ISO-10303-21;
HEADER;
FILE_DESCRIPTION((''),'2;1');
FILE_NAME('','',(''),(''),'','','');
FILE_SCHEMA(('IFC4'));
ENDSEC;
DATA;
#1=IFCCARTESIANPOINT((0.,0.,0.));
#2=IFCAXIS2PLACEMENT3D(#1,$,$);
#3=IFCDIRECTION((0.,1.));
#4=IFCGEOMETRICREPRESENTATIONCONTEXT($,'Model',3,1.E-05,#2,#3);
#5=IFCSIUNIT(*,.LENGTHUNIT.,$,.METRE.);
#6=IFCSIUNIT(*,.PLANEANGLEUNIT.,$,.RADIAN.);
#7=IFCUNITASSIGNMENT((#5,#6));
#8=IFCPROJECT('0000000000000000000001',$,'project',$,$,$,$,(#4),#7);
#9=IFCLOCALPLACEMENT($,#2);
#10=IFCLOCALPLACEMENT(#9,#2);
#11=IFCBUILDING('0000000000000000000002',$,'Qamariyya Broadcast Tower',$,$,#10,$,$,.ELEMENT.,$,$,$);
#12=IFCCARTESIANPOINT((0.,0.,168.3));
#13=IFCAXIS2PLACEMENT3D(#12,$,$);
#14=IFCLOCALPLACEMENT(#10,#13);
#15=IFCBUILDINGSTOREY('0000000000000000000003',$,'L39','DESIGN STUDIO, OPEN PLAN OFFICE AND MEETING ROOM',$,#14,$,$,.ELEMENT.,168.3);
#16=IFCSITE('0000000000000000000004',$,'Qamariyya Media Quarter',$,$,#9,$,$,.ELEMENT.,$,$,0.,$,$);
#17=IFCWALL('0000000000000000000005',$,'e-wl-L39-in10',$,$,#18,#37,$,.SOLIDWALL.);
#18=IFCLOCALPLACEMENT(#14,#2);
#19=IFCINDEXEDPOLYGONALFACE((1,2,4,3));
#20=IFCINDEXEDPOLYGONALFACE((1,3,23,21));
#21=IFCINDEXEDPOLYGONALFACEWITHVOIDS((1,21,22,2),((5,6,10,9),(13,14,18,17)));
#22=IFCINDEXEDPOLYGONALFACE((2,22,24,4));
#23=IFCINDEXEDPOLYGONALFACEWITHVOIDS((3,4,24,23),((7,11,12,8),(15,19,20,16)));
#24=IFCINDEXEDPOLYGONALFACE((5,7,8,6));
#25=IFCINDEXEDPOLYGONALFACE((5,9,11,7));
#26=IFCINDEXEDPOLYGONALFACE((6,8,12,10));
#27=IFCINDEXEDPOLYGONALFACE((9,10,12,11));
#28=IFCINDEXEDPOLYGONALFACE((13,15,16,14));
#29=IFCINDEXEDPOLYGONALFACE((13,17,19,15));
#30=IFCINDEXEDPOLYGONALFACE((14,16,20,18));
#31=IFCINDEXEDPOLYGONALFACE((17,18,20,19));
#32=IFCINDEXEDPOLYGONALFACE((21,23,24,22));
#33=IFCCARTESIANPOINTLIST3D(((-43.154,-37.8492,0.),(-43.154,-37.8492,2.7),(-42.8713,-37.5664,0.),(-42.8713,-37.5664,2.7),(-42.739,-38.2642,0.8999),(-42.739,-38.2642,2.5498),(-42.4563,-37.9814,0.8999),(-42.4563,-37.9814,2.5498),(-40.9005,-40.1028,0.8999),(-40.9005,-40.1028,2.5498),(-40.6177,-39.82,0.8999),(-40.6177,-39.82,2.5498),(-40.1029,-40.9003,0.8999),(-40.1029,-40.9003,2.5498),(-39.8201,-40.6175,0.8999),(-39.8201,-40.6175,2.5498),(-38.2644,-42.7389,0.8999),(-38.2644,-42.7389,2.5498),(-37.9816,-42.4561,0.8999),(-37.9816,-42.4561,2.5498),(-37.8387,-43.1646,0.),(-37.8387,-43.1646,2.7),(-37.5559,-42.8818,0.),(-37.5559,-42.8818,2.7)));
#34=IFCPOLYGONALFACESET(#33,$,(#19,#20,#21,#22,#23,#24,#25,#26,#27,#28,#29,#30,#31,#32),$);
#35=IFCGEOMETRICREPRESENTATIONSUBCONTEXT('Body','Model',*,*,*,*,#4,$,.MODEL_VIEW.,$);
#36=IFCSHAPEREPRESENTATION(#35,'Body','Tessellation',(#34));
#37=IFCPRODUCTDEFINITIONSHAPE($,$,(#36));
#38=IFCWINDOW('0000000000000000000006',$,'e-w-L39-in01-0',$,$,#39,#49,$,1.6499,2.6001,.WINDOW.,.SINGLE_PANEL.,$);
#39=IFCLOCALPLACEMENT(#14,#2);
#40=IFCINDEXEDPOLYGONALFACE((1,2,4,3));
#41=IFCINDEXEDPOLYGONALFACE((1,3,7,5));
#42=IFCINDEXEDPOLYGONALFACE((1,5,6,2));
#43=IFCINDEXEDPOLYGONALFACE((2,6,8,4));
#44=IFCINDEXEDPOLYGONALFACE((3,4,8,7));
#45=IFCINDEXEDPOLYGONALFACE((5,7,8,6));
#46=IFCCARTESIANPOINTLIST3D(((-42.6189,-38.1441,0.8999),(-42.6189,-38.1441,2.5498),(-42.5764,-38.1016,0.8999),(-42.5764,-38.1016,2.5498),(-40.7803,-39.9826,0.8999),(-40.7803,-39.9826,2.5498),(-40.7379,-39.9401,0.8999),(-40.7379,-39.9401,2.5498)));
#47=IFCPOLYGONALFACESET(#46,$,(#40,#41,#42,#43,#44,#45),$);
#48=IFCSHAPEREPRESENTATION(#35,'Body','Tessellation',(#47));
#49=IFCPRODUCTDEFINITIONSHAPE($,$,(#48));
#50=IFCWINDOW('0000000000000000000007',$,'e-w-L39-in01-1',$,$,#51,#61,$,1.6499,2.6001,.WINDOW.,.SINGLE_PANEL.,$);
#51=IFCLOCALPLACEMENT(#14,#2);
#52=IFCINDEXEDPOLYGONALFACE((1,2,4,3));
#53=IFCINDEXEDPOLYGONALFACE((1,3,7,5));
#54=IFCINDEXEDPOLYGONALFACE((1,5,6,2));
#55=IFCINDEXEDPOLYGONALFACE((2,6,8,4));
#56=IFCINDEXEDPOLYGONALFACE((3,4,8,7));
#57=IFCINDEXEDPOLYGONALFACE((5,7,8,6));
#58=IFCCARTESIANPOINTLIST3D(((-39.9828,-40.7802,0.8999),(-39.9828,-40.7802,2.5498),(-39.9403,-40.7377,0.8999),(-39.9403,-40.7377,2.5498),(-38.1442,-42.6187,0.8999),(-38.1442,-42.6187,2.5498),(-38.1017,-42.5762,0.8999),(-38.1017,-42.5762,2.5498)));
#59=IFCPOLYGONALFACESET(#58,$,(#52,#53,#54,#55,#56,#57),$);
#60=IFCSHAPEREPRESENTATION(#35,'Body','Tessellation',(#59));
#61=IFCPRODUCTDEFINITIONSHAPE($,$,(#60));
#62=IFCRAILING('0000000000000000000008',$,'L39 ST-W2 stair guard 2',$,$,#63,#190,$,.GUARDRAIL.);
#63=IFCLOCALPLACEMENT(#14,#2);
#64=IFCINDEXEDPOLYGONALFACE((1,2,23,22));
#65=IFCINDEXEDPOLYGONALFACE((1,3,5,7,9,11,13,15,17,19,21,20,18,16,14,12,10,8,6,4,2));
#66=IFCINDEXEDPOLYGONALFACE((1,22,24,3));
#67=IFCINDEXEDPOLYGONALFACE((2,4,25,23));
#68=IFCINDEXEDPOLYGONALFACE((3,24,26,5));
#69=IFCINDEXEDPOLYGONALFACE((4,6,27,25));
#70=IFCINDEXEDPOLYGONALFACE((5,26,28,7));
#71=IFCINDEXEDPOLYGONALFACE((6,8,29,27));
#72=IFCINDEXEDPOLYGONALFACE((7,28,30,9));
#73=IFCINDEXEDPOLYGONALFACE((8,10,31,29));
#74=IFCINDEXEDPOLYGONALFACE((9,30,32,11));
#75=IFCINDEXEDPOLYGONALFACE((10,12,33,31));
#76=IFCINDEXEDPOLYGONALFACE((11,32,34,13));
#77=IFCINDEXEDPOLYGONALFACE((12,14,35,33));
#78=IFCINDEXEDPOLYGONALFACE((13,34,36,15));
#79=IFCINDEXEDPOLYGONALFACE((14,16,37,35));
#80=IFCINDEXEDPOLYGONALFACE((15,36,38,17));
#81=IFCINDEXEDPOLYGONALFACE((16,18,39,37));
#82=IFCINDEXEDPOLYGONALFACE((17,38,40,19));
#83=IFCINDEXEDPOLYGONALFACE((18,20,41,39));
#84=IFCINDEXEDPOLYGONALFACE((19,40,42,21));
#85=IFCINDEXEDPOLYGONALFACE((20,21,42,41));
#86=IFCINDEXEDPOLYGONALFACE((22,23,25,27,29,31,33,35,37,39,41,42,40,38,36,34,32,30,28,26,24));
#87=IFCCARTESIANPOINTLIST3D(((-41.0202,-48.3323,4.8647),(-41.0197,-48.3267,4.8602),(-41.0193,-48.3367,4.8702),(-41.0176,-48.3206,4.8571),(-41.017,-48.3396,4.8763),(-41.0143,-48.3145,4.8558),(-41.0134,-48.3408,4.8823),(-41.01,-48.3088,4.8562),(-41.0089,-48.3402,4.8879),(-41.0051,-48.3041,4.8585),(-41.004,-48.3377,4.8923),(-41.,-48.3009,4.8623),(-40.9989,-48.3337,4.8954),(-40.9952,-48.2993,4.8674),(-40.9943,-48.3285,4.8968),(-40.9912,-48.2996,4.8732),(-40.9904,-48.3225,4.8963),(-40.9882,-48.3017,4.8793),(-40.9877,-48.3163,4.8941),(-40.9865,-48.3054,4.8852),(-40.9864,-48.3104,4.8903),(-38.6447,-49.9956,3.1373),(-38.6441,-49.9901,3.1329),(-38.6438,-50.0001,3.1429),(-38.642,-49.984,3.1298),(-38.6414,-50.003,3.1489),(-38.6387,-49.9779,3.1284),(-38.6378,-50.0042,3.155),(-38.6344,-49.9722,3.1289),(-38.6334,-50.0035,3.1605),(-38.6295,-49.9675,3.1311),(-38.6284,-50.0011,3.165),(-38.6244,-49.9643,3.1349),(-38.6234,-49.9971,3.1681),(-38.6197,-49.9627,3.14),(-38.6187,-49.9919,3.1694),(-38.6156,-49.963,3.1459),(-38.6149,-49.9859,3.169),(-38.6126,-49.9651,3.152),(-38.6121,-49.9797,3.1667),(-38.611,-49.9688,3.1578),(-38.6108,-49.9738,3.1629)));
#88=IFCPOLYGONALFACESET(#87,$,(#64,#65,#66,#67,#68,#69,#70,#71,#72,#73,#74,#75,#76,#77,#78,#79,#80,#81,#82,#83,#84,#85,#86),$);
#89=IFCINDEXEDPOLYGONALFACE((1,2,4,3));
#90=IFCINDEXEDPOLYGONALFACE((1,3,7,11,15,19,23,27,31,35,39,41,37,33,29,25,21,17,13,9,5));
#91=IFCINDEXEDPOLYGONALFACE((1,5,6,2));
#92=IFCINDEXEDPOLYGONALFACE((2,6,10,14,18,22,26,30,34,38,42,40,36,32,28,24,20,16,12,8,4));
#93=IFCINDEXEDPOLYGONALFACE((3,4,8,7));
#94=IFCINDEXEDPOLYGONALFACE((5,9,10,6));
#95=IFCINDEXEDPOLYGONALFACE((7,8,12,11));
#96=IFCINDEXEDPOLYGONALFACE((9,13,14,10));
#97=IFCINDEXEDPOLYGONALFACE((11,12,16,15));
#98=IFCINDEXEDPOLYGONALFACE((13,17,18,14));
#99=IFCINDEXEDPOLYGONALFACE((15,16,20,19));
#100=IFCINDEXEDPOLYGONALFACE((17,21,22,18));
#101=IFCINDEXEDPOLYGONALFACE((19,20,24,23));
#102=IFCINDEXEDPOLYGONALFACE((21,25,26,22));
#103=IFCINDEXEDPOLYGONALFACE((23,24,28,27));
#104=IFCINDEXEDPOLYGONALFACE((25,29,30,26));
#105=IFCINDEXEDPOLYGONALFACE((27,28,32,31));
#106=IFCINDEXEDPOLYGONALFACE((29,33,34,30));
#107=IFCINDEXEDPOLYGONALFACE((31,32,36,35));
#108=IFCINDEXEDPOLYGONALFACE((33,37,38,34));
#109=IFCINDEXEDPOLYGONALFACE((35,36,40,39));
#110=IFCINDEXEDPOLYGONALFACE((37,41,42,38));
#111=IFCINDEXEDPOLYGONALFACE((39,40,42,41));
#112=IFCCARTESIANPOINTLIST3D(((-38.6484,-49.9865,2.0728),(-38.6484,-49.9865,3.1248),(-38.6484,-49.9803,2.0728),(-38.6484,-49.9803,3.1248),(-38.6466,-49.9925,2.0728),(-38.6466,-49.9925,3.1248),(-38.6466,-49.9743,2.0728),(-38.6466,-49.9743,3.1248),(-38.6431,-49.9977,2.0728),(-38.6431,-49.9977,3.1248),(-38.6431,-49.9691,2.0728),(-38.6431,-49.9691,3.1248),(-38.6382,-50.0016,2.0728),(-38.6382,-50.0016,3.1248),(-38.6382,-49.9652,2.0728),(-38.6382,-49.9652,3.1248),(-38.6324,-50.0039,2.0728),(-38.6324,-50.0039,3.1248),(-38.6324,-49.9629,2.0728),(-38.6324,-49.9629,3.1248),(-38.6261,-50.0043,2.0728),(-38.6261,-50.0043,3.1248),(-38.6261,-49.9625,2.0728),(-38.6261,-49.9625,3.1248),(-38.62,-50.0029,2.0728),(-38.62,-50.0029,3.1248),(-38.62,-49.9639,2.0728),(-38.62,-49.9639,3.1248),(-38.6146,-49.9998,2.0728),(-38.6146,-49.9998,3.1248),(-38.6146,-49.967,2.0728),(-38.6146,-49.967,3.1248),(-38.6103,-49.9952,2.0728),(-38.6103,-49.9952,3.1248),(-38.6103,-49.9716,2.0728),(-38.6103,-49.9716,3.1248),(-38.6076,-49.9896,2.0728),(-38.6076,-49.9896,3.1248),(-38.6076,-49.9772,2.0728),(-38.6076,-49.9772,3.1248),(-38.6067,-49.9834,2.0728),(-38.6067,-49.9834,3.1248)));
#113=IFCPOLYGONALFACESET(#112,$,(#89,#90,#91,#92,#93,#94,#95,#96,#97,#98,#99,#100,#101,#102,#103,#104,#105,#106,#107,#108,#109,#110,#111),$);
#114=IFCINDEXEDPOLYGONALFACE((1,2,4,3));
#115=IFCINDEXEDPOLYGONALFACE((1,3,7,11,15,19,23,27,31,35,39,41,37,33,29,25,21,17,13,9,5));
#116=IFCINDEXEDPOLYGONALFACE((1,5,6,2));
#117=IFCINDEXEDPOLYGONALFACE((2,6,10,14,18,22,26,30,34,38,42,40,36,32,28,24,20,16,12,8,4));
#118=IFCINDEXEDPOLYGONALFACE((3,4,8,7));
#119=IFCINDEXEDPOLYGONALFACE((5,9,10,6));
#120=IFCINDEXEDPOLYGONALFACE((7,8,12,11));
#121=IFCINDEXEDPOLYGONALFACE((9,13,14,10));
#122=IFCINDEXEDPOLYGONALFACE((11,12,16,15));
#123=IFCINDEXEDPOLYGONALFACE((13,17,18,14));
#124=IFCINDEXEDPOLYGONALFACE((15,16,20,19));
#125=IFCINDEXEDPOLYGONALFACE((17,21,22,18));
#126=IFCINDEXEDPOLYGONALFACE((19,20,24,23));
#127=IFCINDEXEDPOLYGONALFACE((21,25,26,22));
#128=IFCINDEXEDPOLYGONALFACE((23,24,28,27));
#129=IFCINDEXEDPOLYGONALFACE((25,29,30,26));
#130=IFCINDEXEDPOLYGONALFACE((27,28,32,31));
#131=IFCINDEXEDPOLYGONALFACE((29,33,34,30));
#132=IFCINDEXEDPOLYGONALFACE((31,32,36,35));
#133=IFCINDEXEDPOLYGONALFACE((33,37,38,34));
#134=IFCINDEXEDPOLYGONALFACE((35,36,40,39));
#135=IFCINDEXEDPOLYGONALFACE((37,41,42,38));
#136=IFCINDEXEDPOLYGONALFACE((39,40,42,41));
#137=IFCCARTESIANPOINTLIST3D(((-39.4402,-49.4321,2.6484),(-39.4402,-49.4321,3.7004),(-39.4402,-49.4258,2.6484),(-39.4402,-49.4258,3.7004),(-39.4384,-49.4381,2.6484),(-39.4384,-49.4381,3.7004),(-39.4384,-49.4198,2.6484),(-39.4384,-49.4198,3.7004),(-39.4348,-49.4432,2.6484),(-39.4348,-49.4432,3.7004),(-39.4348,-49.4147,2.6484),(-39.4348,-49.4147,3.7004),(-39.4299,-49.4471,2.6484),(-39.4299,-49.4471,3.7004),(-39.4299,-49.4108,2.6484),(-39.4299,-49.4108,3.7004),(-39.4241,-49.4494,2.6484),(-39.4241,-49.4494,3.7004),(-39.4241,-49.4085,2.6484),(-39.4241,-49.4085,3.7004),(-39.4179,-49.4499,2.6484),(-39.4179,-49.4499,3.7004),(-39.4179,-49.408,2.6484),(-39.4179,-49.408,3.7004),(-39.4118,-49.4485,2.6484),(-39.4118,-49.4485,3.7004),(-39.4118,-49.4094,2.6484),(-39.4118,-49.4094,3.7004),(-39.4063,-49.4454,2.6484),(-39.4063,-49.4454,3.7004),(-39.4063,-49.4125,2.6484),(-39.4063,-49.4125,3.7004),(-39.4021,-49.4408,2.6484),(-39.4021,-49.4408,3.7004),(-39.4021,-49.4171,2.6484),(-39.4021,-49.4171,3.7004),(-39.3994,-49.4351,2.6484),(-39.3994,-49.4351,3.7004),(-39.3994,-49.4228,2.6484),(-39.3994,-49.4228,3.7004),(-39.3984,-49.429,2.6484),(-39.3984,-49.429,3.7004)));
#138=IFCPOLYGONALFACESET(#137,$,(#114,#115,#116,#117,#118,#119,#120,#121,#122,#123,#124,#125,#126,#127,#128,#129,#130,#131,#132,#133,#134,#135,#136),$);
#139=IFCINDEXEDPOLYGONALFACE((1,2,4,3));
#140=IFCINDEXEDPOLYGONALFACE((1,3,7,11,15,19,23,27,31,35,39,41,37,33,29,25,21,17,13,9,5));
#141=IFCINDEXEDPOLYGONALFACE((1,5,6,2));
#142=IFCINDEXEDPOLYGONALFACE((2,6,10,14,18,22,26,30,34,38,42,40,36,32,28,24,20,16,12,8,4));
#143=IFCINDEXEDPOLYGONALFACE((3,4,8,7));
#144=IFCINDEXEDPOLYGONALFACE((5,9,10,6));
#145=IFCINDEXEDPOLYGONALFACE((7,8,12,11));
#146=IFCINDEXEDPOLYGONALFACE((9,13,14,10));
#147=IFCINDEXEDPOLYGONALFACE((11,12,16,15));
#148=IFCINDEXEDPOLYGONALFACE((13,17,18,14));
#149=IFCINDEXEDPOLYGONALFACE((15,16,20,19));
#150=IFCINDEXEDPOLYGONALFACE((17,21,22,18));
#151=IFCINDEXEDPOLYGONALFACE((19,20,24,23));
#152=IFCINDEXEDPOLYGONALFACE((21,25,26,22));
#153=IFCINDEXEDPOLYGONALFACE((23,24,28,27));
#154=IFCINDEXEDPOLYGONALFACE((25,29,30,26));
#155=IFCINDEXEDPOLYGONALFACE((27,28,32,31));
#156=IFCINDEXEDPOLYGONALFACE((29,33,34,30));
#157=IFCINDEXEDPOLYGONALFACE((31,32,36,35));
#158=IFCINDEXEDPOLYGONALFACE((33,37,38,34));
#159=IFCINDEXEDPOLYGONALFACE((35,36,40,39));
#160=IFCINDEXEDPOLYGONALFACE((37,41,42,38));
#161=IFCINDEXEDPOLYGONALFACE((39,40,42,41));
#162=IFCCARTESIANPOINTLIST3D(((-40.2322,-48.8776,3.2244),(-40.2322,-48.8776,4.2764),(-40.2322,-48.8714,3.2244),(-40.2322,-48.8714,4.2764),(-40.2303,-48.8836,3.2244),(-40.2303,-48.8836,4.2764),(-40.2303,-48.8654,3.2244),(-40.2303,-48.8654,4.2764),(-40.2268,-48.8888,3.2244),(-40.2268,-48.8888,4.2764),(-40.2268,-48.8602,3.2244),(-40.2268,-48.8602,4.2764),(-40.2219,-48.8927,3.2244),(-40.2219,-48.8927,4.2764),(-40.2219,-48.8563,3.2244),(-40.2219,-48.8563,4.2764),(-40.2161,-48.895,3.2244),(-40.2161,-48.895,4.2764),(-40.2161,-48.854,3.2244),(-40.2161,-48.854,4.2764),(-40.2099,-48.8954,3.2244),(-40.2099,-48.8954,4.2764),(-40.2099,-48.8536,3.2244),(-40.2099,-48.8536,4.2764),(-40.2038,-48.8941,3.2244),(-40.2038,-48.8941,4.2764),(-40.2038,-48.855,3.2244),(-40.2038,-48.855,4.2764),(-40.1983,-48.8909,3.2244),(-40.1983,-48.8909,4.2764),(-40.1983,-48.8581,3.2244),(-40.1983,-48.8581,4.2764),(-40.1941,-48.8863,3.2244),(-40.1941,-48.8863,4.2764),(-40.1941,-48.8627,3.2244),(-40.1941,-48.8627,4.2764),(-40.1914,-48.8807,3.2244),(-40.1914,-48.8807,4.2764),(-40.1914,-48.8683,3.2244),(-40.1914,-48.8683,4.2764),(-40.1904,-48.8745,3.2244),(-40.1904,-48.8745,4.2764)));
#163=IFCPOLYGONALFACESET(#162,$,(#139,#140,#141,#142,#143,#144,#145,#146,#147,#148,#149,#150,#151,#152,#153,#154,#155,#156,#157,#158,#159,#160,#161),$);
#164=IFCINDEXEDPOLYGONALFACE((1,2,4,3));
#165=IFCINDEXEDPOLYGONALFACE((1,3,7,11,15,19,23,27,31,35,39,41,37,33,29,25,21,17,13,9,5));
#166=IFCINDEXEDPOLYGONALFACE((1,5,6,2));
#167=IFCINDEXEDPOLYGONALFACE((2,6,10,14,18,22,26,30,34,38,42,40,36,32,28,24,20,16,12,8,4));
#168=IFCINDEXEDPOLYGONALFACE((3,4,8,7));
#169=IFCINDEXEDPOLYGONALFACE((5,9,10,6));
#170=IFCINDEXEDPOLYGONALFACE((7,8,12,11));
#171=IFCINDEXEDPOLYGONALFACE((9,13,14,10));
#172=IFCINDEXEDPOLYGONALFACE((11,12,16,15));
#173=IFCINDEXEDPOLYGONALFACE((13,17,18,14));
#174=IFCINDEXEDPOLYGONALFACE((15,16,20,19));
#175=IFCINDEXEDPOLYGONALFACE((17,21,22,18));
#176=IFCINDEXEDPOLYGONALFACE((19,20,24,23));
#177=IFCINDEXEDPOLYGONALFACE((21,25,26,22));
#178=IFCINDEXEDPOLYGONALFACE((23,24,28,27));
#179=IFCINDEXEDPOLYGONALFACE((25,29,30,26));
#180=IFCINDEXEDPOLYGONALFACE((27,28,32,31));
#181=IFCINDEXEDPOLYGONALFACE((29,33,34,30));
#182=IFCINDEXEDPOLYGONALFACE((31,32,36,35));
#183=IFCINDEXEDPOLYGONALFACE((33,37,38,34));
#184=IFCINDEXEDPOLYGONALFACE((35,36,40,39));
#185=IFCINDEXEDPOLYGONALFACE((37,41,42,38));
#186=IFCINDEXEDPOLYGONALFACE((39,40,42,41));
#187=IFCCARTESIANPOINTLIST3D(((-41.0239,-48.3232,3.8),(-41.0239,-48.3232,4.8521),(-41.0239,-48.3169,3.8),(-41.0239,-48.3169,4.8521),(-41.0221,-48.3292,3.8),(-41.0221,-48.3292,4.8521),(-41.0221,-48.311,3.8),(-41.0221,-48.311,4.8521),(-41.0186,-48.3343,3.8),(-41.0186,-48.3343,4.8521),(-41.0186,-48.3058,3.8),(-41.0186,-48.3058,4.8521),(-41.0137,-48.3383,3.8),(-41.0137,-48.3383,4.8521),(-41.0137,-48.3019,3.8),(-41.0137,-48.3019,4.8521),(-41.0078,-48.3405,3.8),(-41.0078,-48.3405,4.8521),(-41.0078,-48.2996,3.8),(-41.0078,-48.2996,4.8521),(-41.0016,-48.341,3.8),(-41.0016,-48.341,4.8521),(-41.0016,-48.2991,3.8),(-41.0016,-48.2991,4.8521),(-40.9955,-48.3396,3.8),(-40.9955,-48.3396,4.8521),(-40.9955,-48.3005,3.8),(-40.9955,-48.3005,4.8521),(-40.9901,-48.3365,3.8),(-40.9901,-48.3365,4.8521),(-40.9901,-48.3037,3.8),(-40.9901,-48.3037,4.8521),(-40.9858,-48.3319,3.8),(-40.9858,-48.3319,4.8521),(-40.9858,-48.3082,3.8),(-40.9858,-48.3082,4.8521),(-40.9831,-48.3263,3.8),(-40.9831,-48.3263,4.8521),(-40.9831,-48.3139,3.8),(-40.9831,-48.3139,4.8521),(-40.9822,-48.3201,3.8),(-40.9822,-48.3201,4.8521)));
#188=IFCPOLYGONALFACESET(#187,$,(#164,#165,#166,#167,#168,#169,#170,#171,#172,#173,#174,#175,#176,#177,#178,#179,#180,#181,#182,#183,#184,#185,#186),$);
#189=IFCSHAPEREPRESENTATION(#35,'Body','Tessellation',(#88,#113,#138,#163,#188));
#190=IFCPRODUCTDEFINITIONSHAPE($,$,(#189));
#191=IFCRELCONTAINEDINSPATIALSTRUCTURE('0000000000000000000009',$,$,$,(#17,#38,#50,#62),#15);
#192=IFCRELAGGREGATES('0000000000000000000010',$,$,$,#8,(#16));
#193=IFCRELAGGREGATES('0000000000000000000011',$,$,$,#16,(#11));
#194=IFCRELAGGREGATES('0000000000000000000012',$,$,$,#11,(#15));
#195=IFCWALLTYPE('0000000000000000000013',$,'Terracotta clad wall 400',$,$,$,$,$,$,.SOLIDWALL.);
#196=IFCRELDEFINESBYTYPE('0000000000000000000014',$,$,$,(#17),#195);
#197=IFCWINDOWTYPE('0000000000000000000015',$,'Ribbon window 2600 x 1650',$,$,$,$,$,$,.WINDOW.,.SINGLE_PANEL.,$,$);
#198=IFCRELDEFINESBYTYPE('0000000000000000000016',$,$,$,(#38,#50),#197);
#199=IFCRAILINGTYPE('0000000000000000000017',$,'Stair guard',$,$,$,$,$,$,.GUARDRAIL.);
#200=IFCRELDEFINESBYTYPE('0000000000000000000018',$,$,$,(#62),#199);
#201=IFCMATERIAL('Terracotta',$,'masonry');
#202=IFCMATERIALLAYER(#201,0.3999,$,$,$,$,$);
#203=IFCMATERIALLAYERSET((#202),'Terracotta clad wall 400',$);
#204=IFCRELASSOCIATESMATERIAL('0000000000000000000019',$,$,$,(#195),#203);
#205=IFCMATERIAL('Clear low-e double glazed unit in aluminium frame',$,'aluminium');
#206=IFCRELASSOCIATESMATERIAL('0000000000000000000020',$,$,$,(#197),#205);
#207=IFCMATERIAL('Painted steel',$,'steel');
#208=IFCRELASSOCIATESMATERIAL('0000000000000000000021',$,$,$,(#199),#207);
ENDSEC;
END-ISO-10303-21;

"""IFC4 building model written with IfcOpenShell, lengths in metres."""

from ifc_helpers import new_model, si_unit, direction, frame, frame_2d, origin, origin_2d, place, context, subcontext, project, spatial, rectangle, circle, extrude, material, layer, layer_set, type_object, element, fill, save


model = new_model("IFC4")

# Units and contexts
model_context = context("Model", 3, precision=1e-05, world=origin(), true_north=direction((0.0, 1.0)))
body_context = subcontext(model_context, "Body", "Model", "MODEL_VIEW")
ifc_project = project(units=[si_unit("LENGTHUNIT", "METRE"), si_unit("PLANEANGLEUNIT", "RADIAN")], contexts=[model_context])

# Site, building, storey
site_placement = place(None, origin())
site = spatial("IfcSite", under=ifc_project, at=site_placement, Name="Qamariyya Media Quarter", CompositionType="ELEMENT", RefElevation=0.0)
building_placement = place(site_placement, origin())
building = spatial("IfcBuilding", under=site, at=building_placement, Name="Qamariyya Broadcast Tower", CompositionType="ELEMENT")
storey_placement = place(building_placement, frame((0.0, 0.0, 168.3)))
storey = spatial("IfcBuildingStorey", under=building, at=storey_placement, Name="L39", Description="DESIGN STUDIO, OPEN PLAN OFFICE AND MEETING ROOM", CompositionType="ELEMENT", Elevation=168.3)

# Shared definitions
ifc_material_1 = material(Name="Terracotta", Category="masonry")
ifc_layer_1 = layer(ifc_material_1, 0.3999)
ifc_layer_set_1 = layer_set([ifc_layer_1], Name="Terracotta clad wall 400")
wall_type_1 = type_object("IfcWallType", Name="Terracotta clad wall 400", PredefinedType="SOLIDWALL", material=ifc_layer_set_1)

# Wall, openings, windows
wall_1_placement = place(storey_placement, frame((-37.6973, -43.0232, 0.0), z_axis=(0.0, 0.0, 1.0), x_axis=(-0.707107, 0.707107, 0.0)))
wall_1 = element("IfcWall", 1, at=wall_1_placement, inside=storey, type_object=wall_type_1, Name="e-wl-L39-in10", PredefinedType="SOLIDWALL", context=body_context, shape_type="SweptSolid", body=[
    extrude(rectangle(XDim=7.5171, YDim=0.3999, at=frame_2d((3.7585, 0.0))), origin(), (0.0, 0.0, 1.0), 2.7),
])
opening_1_placement = place(wall_1_placement, frame((4.3301, 0.0, 0.8999)))
opening_1 = element("IfcOpeningElement", 2, at=opening_1_placement, cuts=wall_1, PredefinedType="OPENING", context=body_context, shape_type="SweptSolid", body=[
    extrude(rectangle(XDim=2.6001, YDim=1.6499, at=frame_2d((1.3, 0.825))), frame((0.0, 0.21, 0.0), z_axis=(0.0, -1.0, 0.0), x_axis=(1.0, 0.0, 0.0)), (0.0, 0.0, 1.0), 0.4199),
])
opening_2_placement = place(wall_1_placement, frame((0.6021, 0.0, 0.8999)))
opening_2 = element("IfcOpeningElement", 3, at=opening_2_placement, cuts=wall_1, PredefinedType="OPENING", context=body_context, shape_type="SweptSolid", body=[
    extrude(rectangle(XDim=2.6001, YDim=1.6499, at=frame_2d((1.3, 0.825))), frame((0.0, 0.21, 0.0), z_axis=(0.0, -1.0, 0.0), x_axis=(1.0, 0.0, 0.0)), (0.0, 0.0, 1.0), 0.4199),
])
ifc_material_2 = material(Name="Clear low-e double glazed unit in aluminium frame", Category="aluminium")
window_type = type_object("IfcWindowType", Name="Ribbon window 2600 x 1650", PartitioningType="SINGLE_PANEL", PredefinedType="WINDOW", material=ifc_material_2)
window_1_placement = place(opening_1_placement, origin())
window_1 = element("IfcWindow", 4, at=window_1_placement, inside=storey, type_object=window_type, Name="e-w-L39-in01-0", OverallHeight=1.6499, OverallWidth=2.6001, PartitioningType="SINGLE_PANEL", PredefinedType="WINDOW", context=body_context, shape_type="SweptSolid", body=[
    extrude(rectangle(XDim=2.6001, YDim=1.6499, at=frame_2d((1.3, 0.825))), frame((0.0, 0.03, 0.0), z_axis=(0.0, -1.0, 0.0), x_axis=(1.0, 0.0, 0.0)), (0.0, 0.0, 1.0), 0.0601),
])
fill(opening_1, window_1)
window_2_placement = place(opening_2_placement, origin())
window_2 = element("IfcWindow", 5, at=window_2_placement, inside=storey, type_object=window_type, Name="e-w-L39-in01-1", OverallHeight=1.6499, OverallWidth=2.6001, PartitioningType="SINGLE_PANEL", PredefinedType="WINDOW", context=body_context, shape_type="SweptSolid", body=[
    extrude(rectangle(XDim=2.6001, YDim=1.6499, at=frame_2d((1.3, 0.825))), frame((0.0, 0.03, 0.0), z_axis=(0.0, -1.0, 0.0), x_axis=(1.0, 0.0, 0.0)), (0.0, 0.0, 1.0), 0.0601),
])
fill(opening_2, window_2)

# Railing
ifc_material_3 = material(Name="Painted steel", Category="steel")
railing_type_1 = type_object("IfcRailingType", Name="Stair guard", PredefinedType="GUARDRAIL", material=ifc_material_3)
railing_1_placement = place(storey_placement, frame((-38.6277, -49.9834, 2.0728)))
element("IfcRailing", 6, at=railing_1_placement, inside=storey, type_object=railing_type_1, Name="L39 ST-W2 stair guard 2", PredefinedType="GUARDRAIL", context=body_context, shape_type="SweptSolid", body=[
    extrude(circle(Radius=0.0239, at=origin_2d()), frame((0.0, 0.0, 1.0762), z_axis=(-0.70377, 0.492784, 0.511734), x_axis=(-0.573575, -0.819153, 0.0)), (0.0, 0.0, 1.0), 3.3755),
    extrude(circle(Radius=0.021, at=origin_2d()), origin(), (0.0, 0.0, 1.0), 1.052),
    extrude(circle(Radius=0.021, at=origin_2d()), frame((-0.7917, 0.5544, 0.5757)), (0.0, 0.0, 1.0), 1.052),
    extrude(circle(Radius=0.021, at=origin_2d()), frame((-1.5837, 1.1089, 1.1516)), (0.0, 0.0, 1.0), 1.052),
    extrude(circle(Radius=0.021, at=origin_2d()), frame((-2.3755, 1.6633, 1.7273)), (0.0, 0.0, 1.0), 1.052),
])

save(model, "model.ifc")
